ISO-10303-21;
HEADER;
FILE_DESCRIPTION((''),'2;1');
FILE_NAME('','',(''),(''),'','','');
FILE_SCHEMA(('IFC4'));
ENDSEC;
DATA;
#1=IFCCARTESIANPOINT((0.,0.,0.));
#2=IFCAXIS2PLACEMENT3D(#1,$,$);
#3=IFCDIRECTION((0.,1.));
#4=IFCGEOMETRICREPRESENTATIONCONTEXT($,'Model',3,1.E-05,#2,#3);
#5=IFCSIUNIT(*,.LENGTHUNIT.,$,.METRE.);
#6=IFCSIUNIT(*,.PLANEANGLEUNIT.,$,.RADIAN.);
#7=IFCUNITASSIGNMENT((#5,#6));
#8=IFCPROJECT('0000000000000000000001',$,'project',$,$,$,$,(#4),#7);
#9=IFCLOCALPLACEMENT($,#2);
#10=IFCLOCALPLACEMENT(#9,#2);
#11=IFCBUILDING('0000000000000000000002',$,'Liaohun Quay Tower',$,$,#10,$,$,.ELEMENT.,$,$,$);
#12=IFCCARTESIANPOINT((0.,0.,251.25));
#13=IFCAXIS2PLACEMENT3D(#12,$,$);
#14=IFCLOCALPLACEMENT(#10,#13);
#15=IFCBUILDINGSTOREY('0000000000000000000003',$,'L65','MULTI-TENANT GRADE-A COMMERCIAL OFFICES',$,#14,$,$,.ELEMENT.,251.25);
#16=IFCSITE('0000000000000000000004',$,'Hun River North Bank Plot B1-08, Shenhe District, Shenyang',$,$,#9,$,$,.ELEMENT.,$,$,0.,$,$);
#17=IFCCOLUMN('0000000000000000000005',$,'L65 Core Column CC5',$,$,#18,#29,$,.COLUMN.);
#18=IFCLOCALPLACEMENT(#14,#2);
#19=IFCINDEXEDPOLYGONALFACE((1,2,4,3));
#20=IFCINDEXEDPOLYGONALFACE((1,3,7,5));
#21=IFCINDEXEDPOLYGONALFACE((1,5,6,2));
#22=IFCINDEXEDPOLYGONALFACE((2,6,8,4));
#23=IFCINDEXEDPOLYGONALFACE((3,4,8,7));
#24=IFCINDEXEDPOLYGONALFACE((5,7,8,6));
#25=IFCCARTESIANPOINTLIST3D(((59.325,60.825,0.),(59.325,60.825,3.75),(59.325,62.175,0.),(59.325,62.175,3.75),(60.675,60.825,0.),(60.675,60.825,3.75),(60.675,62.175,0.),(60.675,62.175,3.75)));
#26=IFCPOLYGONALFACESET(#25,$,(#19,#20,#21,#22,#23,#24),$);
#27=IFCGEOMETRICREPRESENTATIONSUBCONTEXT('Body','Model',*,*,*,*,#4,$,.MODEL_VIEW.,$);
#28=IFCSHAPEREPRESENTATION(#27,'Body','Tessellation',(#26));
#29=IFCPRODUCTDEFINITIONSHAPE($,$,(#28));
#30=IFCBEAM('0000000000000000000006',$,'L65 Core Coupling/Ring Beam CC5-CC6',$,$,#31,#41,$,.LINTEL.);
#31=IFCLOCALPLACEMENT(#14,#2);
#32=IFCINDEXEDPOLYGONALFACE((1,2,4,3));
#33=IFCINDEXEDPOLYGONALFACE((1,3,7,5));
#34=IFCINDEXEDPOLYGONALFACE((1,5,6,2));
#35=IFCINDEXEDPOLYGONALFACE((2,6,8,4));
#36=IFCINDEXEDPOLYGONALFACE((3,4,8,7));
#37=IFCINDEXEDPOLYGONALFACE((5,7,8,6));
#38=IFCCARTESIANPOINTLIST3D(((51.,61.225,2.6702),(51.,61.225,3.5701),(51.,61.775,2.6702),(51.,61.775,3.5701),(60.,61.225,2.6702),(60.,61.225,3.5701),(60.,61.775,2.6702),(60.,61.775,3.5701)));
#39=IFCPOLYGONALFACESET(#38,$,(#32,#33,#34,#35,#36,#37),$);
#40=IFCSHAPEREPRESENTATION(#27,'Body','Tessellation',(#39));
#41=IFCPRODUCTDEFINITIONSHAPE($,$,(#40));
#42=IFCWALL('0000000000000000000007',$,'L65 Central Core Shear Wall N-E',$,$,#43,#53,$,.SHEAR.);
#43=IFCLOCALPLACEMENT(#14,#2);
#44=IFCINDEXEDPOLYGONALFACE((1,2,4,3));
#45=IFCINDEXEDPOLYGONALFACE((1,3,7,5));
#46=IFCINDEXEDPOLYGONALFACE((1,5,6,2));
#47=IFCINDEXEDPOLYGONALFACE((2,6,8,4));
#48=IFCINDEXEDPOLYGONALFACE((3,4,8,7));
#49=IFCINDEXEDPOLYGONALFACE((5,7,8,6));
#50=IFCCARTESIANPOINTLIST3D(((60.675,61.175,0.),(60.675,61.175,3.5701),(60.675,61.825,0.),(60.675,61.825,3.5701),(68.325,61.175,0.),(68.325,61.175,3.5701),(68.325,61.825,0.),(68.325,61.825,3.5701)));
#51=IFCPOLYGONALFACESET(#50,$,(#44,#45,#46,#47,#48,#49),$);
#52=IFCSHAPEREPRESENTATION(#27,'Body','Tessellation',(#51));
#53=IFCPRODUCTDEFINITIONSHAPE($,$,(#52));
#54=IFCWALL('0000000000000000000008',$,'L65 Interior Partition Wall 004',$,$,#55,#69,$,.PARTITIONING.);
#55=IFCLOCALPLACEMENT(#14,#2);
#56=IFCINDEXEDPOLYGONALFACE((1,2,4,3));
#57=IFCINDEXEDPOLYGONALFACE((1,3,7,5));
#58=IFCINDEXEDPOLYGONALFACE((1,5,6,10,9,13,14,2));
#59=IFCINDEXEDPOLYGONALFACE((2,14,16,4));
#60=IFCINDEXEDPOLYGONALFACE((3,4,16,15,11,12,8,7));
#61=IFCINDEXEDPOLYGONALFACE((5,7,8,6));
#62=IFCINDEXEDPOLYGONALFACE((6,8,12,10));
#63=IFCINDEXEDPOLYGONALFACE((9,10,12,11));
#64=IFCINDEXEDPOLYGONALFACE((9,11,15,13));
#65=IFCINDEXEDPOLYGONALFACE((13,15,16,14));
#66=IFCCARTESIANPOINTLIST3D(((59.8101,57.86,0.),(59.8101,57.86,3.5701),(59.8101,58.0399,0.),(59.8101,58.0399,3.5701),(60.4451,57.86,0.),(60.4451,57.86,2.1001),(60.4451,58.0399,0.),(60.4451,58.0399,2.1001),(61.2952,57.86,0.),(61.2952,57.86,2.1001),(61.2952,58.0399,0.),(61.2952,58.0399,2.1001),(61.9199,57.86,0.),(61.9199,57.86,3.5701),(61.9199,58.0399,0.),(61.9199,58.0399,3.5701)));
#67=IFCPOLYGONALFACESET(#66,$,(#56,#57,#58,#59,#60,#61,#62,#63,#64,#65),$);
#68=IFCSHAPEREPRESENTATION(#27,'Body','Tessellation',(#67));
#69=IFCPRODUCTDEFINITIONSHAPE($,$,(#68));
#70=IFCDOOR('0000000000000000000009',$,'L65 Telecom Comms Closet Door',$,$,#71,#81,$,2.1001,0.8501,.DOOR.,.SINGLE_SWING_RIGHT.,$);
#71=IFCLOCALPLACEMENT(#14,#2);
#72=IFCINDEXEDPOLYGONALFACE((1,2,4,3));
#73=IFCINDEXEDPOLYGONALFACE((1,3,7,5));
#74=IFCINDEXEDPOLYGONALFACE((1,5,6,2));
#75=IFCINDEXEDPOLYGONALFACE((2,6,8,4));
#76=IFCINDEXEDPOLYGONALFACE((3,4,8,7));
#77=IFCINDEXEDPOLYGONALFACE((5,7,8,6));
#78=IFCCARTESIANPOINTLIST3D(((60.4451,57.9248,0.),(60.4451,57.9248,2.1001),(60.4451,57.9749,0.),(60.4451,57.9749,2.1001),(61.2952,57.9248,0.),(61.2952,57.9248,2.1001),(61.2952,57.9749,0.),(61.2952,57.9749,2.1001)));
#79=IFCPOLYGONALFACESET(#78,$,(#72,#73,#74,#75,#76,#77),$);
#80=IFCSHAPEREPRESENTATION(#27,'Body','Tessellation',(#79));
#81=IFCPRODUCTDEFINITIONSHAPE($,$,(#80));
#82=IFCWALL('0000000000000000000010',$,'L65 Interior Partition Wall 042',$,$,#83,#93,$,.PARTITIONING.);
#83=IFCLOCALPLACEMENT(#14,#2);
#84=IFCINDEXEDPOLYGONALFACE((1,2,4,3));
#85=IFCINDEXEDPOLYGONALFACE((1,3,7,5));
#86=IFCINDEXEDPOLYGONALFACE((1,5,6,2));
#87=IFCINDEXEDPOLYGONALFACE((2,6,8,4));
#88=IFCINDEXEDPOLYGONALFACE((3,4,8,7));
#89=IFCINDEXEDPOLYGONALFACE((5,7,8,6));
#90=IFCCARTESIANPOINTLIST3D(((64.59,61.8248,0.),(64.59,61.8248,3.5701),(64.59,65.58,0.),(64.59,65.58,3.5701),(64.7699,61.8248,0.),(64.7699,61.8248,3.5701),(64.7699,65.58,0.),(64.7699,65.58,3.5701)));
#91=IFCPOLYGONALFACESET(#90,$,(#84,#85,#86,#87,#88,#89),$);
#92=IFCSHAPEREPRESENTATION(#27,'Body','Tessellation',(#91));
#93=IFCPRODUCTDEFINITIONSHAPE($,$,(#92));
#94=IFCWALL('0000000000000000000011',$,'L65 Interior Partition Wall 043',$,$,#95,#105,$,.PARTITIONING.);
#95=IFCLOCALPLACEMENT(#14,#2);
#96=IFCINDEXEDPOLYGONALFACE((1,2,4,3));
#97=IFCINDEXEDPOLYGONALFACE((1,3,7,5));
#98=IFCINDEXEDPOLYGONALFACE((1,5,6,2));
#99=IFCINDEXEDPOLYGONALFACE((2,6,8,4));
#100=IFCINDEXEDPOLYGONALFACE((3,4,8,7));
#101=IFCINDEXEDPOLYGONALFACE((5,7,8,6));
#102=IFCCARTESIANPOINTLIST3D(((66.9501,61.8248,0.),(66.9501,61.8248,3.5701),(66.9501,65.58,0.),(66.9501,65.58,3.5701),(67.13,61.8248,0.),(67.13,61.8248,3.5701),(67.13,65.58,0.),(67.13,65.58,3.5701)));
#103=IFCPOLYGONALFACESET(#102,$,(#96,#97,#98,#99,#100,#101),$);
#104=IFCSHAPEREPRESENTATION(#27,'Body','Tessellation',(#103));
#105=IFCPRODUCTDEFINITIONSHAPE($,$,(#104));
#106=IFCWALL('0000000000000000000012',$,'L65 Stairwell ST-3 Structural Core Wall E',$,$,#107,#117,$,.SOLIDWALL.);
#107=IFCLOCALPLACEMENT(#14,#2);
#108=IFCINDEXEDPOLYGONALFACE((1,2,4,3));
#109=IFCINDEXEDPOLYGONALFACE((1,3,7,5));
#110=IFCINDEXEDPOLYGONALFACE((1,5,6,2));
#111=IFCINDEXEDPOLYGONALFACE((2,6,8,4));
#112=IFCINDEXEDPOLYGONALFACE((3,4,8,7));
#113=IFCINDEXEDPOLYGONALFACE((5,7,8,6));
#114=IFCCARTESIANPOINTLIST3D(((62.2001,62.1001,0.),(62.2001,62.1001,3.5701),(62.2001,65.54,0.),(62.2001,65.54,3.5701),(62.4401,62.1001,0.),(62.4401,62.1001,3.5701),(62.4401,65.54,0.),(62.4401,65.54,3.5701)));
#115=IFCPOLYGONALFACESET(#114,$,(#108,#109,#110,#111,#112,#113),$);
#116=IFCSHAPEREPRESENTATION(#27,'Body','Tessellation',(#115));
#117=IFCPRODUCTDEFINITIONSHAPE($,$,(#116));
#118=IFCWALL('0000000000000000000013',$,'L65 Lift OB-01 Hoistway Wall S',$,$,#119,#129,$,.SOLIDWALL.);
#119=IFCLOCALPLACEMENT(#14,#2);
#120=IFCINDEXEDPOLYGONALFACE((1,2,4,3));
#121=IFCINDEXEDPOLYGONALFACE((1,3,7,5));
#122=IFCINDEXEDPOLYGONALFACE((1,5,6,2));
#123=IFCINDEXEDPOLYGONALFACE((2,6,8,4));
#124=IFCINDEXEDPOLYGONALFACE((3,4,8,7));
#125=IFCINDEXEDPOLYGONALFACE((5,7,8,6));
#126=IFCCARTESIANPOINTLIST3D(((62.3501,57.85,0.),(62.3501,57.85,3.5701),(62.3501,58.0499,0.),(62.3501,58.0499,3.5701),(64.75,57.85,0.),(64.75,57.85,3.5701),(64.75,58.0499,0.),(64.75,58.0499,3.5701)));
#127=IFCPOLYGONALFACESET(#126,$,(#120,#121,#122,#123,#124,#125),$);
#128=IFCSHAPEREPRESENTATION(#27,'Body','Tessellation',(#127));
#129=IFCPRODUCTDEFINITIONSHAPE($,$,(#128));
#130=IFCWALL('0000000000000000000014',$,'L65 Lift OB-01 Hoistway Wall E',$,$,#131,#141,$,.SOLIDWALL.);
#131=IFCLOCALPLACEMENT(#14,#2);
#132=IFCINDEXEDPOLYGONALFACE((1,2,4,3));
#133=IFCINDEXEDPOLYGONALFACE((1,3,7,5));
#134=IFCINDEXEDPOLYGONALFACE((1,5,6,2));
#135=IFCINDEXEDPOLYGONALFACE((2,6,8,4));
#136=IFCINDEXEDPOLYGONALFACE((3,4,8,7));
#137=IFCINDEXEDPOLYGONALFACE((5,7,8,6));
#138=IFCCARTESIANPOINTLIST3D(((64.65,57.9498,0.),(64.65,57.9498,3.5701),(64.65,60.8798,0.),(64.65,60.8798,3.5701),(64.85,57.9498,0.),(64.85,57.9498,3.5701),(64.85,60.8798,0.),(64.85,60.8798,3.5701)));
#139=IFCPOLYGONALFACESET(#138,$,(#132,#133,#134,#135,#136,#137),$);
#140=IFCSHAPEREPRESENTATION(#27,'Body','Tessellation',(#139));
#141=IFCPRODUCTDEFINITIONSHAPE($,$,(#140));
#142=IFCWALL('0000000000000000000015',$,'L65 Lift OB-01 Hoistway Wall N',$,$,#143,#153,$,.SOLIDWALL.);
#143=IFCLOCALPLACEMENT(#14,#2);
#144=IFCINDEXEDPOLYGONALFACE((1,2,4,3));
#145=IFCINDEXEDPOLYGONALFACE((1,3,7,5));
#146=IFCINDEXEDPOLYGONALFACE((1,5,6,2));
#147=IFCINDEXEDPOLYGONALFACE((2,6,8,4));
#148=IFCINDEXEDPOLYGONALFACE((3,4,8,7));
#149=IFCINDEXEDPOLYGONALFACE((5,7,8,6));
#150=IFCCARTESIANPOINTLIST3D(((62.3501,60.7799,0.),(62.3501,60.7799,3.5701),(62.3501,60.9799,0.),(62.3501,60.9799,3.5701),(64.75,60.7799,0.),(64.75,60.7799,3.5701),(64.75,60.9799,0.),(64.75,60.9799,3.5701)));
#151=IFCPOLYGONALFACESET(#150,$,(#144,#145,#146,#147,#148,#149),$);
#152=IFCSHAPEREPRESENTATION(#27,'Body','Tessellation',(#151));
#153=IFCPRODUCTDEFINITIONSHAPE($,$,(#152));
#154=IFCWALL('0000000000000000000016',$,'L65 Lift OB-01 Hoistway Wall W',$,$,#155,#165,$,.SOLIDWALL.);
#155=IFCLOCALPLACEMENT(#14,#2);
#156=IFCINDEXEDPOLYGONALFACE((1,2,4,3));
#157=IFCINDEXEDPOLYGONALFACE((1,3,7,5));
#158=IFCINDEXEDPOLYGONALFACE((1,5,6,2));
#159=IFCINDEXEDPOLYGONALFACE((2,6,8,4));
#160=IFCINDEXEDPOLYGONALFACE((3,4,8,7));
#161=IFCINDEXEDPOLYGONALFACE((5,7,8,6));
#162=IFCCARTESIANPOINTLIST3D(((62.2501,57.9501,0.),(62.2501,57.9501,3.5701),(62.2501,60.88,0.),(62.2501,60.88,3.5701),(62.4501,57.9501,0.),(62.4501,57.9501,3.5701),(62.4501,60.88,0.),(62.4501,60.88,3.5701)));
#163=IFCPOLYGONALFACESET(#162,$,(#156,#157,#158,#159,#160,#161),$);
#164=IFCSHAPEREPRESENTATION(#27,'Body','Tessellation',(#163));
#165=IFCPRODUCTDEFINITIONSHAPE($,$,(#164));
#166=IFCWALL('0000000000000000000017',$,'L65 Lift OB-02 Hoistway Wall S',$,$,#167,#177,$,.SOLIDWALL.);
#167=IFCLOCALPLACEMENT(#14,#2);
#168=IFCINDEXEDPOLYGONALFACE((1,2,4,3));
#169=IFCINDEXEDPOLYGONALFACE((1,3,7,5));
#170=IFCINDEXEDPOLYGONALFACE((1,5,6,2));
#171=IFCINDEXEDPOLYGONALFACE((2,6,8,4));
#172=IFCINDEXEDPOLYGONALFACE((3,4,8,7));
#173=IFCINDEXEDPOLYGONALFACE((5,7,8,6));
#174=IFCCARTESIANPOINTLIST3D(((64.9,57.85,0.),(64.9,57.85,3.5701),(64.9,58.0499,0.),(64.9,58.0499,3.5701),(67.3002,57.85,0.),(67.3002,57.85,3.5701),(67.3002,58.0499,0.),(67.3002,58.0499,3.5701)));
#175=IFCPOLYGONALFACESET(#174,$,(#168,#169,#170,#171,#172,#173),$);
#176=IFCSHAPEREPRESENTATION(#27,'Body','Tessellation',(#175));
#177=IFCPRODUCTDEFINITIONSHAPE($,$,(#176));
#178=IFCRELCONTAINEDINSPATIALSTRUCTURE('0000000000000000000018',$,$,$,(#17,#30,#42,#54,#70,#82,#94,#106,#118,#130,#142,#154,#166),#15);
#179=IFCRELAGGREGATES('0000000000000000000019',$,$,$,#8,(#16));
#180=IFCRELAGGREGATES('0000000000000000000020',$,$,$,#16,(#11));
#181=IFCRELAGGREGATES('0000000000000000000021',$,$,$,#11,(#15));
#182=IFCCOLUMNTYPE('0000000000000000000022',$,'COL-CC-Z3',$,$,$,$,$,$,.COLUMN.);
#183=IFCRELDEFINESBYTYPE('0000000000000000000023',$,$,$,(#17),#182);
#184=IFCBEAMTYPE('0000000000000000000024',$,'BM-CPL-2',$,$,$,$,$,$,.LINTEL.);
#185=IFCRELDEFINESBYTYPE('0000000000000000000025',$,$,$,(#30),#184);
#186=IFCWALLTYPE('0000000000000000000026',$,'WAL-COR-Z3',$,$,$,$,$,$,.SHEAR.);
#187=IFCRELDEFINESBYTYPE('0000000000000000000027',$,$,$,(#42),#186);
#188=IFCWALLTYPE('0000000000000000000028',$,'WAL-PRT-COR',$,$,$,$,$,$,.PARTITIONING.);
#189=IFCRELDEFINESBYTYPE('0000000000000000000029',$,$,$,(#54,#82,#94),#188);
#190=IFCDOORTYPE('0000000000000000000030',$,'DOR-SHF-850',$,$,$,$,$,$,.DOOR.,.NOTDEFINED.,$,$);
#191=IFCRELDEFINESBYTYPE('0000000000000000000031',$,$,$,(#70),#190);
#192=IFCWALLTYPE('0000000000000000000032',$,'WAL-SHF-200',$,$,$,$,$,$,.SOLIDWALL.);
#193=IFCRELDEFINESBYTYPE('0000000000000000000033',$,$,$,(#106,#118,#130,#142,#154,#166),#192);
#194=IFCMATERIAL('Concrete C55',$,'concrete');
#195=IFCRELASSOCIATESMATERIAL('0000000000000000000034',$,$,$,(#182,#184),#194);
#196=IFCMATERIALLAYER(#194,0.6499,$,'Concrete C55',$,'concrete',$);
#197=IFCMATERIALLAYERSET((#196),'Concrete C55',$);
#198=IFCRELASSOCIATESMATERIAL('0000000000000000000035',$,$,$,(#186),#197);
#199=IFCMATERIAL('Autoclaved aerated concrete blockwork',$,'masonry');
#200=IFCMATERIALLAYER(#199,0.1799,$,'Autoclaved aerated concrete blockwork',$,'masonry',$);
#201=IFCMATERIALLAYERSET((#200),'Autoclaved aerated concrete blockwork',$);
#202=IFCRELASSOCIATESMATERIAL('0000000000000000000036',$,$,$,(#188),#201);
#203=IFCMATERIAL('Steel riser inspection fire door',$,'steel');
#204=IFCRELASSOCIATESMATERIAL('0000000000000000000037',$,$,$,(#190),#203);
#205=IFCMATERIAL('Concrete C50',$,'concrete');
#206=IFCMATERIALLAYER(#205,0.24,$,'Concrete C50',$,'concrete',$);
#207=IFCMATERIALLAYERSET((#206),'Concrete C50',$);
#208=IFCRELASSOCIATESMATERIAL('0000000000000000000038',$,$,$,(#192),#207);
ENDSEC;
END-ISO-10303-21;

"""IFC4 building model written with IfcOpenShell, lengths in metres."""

from ifc_helpers import new_model, si_unit, direction, frame, frame_2d, origin, origin_2d, place, context, subcontext, project, spatial, rectangle, extrude, source, transform, mapped, material, layer, layer_set, material_profile, profile_set, type_object, element, fill, save


model = new_model("IFC4")

# Units and contexts
model_context = context("Model", 3, precision=1e-05, world=origin(), true_north=direction((0.0, 1.0)))
body_context = subcontext(model_context, "Body", "Model", "MODEL_VIEW")
ifc_project = project(units=[si_unit("LENGTHUNIT", "METRE"), si_unit("PLANEANGLEUNIT", "RADIAN")], contexts=[model_context])

# Site, building, storey
site_placement = place(None, origin())
site = spatial("IfcSite", under=ifc_project, at=site_placement, Name="Hun River North Bank Plot B1-08, Shenhe District, Shenyang", CompositionType="ELEMENT", RefElevation=0.0)
building_placement = place(site_placement, origin())
building = spatial("IfcBuilding", under=site, at=building_placement, Name="Liaohun Quay Tower", CompositionType="ELEMENT")
storey_placement = place(building_placement, frame((0.0, 0.0, 251.25)))
storey = spatial("IfcBuildingStorey", under=building, at=storey_placement, Name="L65", Description="MULTI-TENANT GRADE-A COMMERCIAL OFFICES", CompositionType="ELEMENT", Elevation=251.25)

# Column
ifc_material_1 = material(Name="Concrete C55", Category="concrete")
ifc_material_profile_1 = material_profile(ifc_material_1, rectangle(XDim=1.3501, YDim=1.3501, at=origin_2d()), Name="RC1350x1350")
ifc_profile_set_1 = profile_set([ifc_material_profile_1], Name="Concrete C55")
column_type = type_object("IfcColumnType", Name="COL-CC-Z3", PredefinedType="COLUMN", material=ifc_profile_set_1)
shared_shape_1 = source(origin(), body_context, "Body", "SweptSolid", [
    extrude(rectangle(XDim=1.3501, YDim=1.3501, at=origin_2d()), origin(), (0.0, 0.0, 1.0), 3.75),
])
column_placement = place(storey_placement, frame((60.0, 61.5, 0.0), z_axis=(0.0, 0.0, 1.0), x_axis=(1.0, 0.0, 0.0)))
element("IfcColumn", 1, at=column_placement, inside=storey, type_object=column_type, Name="L65 Core Column CC5", PredefinedType="COLUMN", context=body_context, shape_type="MappedRepresentation", body=[
    mapped(shared_shape_1, transform((0.0, 0.0, 0.0), x_axis=(1.0, 0.0, 0.0), y_axis=(0.0, 1.0, 0.0), z_axis=(0.0, 0.0, 1.0), scale=1.0)),
])

# Beam
ifc_material_profile_2 = material_profile(ifc_material_1, rectangle(XDim=0.55, YDim=0.8999, at=origin_2d()), Name="RC550x900")
ifc_profile_set_2 = profile_set([ifc_material_profile_2], Name="Concrete C55")
beam_type = type_object("IfcBeamType", Name="BM-CPL-2", PredefinedType="LINTEL", material=ifc_profile_set_2)
shared_shape_2 = source(origin(), body_context, "Body", "SweptSolid", [
    extrude(rectangle(XDim=0.55, YDim=0.8999, at=origin_2d()), origin(), (0.0, 0.0, 1.0), 9.0),
])
beam_placement = place(storey_placement, frame((60.0, 61.5, 3.1201), z_axis=(-1.0, 0.0, 0.0), x_axis=(0.0, -1.0, 0.0)))
element("IfcBeam", 2, at=beam_placement, inside=storey, type_object=beam_type, Name="L65 Core Coupling/Ring Beam CC5-CC6", PredefinedType="LINTEL", context=body_context, shape_type="MappedRepresentation", body=[
    mapped(shared_shape_2, transform((0.0, 0.0, 0.0), x_axis=(1.0, 0.0, 0.0), y_axis=(0.0, 1.0, 0.0), z_axis=(0.0, 0.0, 1.0), scale=1.0)),
])

# Wall
ifc_layer_1 = layer(ifc_material_1, 0.6499, Name="Concrete C55", Category="concrete")
ifc_layer_set_1 = layer_set([ifc_layer_1], Name="Concrete C55")
wall_type_1 = type_object("IfcWallType", Name="WAL-COR-Z3", PredefinedType="SHEAR", material=ifc_layer_set_1)
wall_1_placement = place(storey_placement, frame((60.675, 61.5, 0.0), z_axis=(0.0, 0.0, 1.0), x_axis=(1.0, 0.0, 0.0)))
element("IfcWall", 3, at=wall_1_placement, inside=storey, type_object=wall_type_1, Name="L65 Central Core Shear Wall N-E", PredefinedType="SHEAR", context=body_context, shape_type="SweptSolid", body=[
    extrude(rectangle(XDim=7.6499, YDim=0.6499, at=frame_2d((3.825, 0.0))), origin(), (0.0, 0.0, 1.0), 3.5701),
])

# Wall, opening, door
ifc_material_2 = material(Name="Autoclaved aerated concrete blockwork", Category="masonry")
ifc_layer_2 = layer(ifc_material_2, 0.1799, Name="Autoclaved aerated concrete blockwork", Category="masonry")
ifc_layer_set_2 = layer_set([ifc_layer_2], Name="Autoclaved aerated concrete blockwork")
wall_type_2 = type_object("IfcWallType", Name="WAL-PRT-COR", PredefinedType="PARTITIONING", material=ifc_layer_set_2)
wall_2_placement = place(storey_placement, frame((59.8101, 57.95, 0.0), z_axis=(0.0, 0.0, 1.0), x_axis=(1.0, 0.0, 0.0)))
wall_2 = element("IfcWall", 4, at=wall_2_placement, inside=storey, type_object=wall_type_2, Name="L65 Interior Partition Wall 004", PredefinedType="PARTITIONING", context=body_context, shape_type="SweptSolid", body=[
    extrude(rectangle(XDim=2.1099, YDim=0.1799, at=frame_2d((1.0549, 0.0))), origin(), (0.0, 0.0, 1.0), 3.5701),
])
shared_shape_3 = source(origin(), body_context, "Body", "SweptSolid", [
    extrude(rectangle(XDim=0.8501, YDim=2.1001, at=frame_2d((0.425, 1.05))), frame((0.0, 0.0999, 0.0), z_axis=(0.0, -1.0, 0.0), x_axis=(1.0, 0.0, 0.0)), (0.0, 0.0, 1.0), 0.2),
])
opening_placement = place(wall_2_placement, frame((0.635, 0.0, 0.0)))
opening = element("IfcOpeningElement", 5, at=opening_placement, cuts=wall_2, PredefinedType="OPENING", context=body_context, shape_type="MappedRepresentation", body=[
    mapped(shared_shape_3, transform((0.0, 0.0, 0.0), x_axis=(1.0, 0.0, 0.0), y_axis=(0.0, 1.0, 0.0), z_axis=(0.0, 0.0, 1.0), scale=1.0)),
])
ifc_material_3 = material(Name="Steel riser inspection fire door", Category="steel")
door_type = type_object("IfcDoorType", Name="DOR-SHF-850", OperationType="NOTDEFINED", PredefinedType="DOOR", material=ifc_material_3)
shared_shape_4 = source(origin(), body_context, "Body", "SweptSolid", [
    extrude(rectangle(XDim=0.8501, YDim=2.1001, at=frame_2d((0.425, 1.05))), frame((0.0, 0.0249, 0.0), z_axis=(0.0, -1.0, 0.0), x_axis=(1.0, 0.0, 0.0)), (0.0, 0.0, 1.0), 0.05),
])
door_placement = place(opening_placement, origin())
door = element("IfcDoor", 6, at=door_placement, inside=storey, type_object=door_type, Name="L65 Telecom Comms Closet Door", OperationType="SINGLE_SWING_RIGHT", OverallHeight=2.1001, OverallWidth=0.8501, PredefinedType="DOOR", context=body_context, shape_type="MappedRepresentation", body=[
    mapped(shared_shape_4, transform((0.0, 0.0, 0.0), x_axis=(1.0, 0.0, 0.0), y_axis=(0.0, 1.0, 0.0), z_axis=(0.0, 0.0, 1.0), scale=1.0)),
])
fill(opening, door)

# Walls
for number, where, z_axis, x_axis, name in (
    (7, (64.6799, 61.825, 0.0), (0.0, 0.0, 1.0), (0.0, 1.0, 0.0), "L65 Interior Partition Wall 042"),
    (8, (67.04, 61.825, 0.0), (0.0, 0.0, 1.0), (0.0, 1.0, 0.0), "L65 Interior Partition Wall 043"),
):
    element("IfcWall", number, at=place(storey_placement, frame(where, z_axis=z_axis, x_axis=x_axis)), inside=storey, type_object=wall_type_2, Name=name, PredefinedType="PARTITIONING", context=body_context, shape_type="SweptSolid", body=[
        extrude(rectangle(XDim=3.7551, YDim=0.1799, at=frame_2d((1.8774, 0.0))), origin(), (0.0, 0.0, 1.0), 3.5701),
    ])
ifc_material_4 = material(Name="Concrete C50", Category="concrete")
ifc_layer_3 = layer(ifc_material_4, 0.24, Name="Concrete C50", Category="concrete")
ifc_layer_set_3 = layer_set([ifc_layer_3], Name="Concrete C50")
wall_type_3 = type_object("IfcWallType", Name="WAL-SHF-200", PredefinedType="SOLIDWALL", material=ifc_layer_set_3)
wall_3_placement = place(storey_placement, frame((62.3201, 62.1001, 0.0), z_axis=(0.0, 0.0, 1.0), x_axis=(0.0, 1.0, 0.0)))
element("IfcWall", 9, at=wall_3_placement, inside=storey, type_object=wall_type_3, Name="L65 Stairwell ST-3 Structural Core Wall E", PredefinedType="SOLIDWALL", context=body_context, shape_type="SweptSolid", body=[
    extrude(rectangle(XDim=3.4399, YDim=0.24, at=frame_2d((1.72, 0.0))), origin(), (0.0, 0.0, 1.0), 3.5701),
])
wall_4_placement = place(storey_placement, frame((62.3501, 57.95, 0.0), z_axis=(0.0, 0.0, 1.0), x_axis=(1.0, 0.0, 0.0)))
element("IfcWall", 10, at=wall_4_placement, inside=storey, type_object=wall_type_3, Name="L65 Lift OB-01 Hoistway Wall S", PredefinedType="SOLIDWALL", context=body_context, shape_type="SweptSolid", body=[
    extrude(rectangle(XDim=2.3999, YDim=0.2, at=frame_2d((1.2, 0.0))), origin(), (0.0, 0.0, 1.0), 3.5701),
])
wall_5_placement = place(storey_placement, frame((64.75, 57.95, 0.0), z_axis=(0.0, 0.0, 1.0), x_axis=(0.0, 1.0, 0.0)))
element("IfcWall", 11, at=wall_5_placement, inside=storey, type_object=wall_type_3, Name="L65 Lift OB-01 Hoistway Wall E", PredefinedType="SOLIDWALL", context=body_context, shape_type="SweptSolid", body=[
    extrude(rectangle(XDim=2.9299, YDim=0.2, at=frame_2d((1.4648, 0.0))), origin(), (0.0, 0.0, 1.0), 3.5701),
])
wall_6_placement = place(storey_placement, frame((64.75, 60.8799, 0.0), z_axis=(0.0, 0.0, 1.0), x_axis=(-1.0, 0.0, 0.0)))
element("IfcWall", 12, at=wall_6_placement, inside=storey, type_object=wall_type_3, Name="L65 Lift OB-01 Hoistway Wall N", PredefinedType="SOLIDWALL", context=body_context, shape_type="SweptSolid", body=[
    extrude(rectangle(XDim=2.3999, YDim=0.2, at=frame_2d((1.2, 0.0))), origin(), (0.0, 0.0, 1.0), 3.5701),
])
wall_7_placement = place(storey_placement, frame((62.3501, 60.8799, 0.0), z_axis=(0.0, 0.0, 1.0), x_axis=(0.0, -1.0, 0.0)))
element("IfcWall", 13, at=wall_7_placement, inside=storey, type_object=wall_type_3, Name="L65 Lift OB-01 Hoistway Wall W", PredefinedType="SOLIDWALL", context=body_context, shape_type="SweptSolid", body=[
    extrude(rectangle(XDim=2.9299, YDim=0.2, at=frame_2d((1.4648, 0.0))), origin(), (0.0, 0.0, 1.0), 3.5701),
])
wall_8_placement = place(storey_placement, frame((64.8999, 57.95, 0.0), z_axis=(0.0, 0.0, 1.0), x_axis=(1.0, 0.0, 0.0)))
element("IfcWall", 14, at=wall_8_placement, inside=storey, type_object=wall_type_3, Name="L65 Lift OB-02 Hoistway Wall S", PredefinedType="SOLIDWALL", context=body_context, shape_type="SweptSolid", body=[
    extrude(rectangle(XDim=2.4001, YDim=0.2, at=frame_2d((1.2002, 0.0))), origin(), (0.0, 0.0, 1.0), 3.5701),
])

save(model, "model.ifc")
